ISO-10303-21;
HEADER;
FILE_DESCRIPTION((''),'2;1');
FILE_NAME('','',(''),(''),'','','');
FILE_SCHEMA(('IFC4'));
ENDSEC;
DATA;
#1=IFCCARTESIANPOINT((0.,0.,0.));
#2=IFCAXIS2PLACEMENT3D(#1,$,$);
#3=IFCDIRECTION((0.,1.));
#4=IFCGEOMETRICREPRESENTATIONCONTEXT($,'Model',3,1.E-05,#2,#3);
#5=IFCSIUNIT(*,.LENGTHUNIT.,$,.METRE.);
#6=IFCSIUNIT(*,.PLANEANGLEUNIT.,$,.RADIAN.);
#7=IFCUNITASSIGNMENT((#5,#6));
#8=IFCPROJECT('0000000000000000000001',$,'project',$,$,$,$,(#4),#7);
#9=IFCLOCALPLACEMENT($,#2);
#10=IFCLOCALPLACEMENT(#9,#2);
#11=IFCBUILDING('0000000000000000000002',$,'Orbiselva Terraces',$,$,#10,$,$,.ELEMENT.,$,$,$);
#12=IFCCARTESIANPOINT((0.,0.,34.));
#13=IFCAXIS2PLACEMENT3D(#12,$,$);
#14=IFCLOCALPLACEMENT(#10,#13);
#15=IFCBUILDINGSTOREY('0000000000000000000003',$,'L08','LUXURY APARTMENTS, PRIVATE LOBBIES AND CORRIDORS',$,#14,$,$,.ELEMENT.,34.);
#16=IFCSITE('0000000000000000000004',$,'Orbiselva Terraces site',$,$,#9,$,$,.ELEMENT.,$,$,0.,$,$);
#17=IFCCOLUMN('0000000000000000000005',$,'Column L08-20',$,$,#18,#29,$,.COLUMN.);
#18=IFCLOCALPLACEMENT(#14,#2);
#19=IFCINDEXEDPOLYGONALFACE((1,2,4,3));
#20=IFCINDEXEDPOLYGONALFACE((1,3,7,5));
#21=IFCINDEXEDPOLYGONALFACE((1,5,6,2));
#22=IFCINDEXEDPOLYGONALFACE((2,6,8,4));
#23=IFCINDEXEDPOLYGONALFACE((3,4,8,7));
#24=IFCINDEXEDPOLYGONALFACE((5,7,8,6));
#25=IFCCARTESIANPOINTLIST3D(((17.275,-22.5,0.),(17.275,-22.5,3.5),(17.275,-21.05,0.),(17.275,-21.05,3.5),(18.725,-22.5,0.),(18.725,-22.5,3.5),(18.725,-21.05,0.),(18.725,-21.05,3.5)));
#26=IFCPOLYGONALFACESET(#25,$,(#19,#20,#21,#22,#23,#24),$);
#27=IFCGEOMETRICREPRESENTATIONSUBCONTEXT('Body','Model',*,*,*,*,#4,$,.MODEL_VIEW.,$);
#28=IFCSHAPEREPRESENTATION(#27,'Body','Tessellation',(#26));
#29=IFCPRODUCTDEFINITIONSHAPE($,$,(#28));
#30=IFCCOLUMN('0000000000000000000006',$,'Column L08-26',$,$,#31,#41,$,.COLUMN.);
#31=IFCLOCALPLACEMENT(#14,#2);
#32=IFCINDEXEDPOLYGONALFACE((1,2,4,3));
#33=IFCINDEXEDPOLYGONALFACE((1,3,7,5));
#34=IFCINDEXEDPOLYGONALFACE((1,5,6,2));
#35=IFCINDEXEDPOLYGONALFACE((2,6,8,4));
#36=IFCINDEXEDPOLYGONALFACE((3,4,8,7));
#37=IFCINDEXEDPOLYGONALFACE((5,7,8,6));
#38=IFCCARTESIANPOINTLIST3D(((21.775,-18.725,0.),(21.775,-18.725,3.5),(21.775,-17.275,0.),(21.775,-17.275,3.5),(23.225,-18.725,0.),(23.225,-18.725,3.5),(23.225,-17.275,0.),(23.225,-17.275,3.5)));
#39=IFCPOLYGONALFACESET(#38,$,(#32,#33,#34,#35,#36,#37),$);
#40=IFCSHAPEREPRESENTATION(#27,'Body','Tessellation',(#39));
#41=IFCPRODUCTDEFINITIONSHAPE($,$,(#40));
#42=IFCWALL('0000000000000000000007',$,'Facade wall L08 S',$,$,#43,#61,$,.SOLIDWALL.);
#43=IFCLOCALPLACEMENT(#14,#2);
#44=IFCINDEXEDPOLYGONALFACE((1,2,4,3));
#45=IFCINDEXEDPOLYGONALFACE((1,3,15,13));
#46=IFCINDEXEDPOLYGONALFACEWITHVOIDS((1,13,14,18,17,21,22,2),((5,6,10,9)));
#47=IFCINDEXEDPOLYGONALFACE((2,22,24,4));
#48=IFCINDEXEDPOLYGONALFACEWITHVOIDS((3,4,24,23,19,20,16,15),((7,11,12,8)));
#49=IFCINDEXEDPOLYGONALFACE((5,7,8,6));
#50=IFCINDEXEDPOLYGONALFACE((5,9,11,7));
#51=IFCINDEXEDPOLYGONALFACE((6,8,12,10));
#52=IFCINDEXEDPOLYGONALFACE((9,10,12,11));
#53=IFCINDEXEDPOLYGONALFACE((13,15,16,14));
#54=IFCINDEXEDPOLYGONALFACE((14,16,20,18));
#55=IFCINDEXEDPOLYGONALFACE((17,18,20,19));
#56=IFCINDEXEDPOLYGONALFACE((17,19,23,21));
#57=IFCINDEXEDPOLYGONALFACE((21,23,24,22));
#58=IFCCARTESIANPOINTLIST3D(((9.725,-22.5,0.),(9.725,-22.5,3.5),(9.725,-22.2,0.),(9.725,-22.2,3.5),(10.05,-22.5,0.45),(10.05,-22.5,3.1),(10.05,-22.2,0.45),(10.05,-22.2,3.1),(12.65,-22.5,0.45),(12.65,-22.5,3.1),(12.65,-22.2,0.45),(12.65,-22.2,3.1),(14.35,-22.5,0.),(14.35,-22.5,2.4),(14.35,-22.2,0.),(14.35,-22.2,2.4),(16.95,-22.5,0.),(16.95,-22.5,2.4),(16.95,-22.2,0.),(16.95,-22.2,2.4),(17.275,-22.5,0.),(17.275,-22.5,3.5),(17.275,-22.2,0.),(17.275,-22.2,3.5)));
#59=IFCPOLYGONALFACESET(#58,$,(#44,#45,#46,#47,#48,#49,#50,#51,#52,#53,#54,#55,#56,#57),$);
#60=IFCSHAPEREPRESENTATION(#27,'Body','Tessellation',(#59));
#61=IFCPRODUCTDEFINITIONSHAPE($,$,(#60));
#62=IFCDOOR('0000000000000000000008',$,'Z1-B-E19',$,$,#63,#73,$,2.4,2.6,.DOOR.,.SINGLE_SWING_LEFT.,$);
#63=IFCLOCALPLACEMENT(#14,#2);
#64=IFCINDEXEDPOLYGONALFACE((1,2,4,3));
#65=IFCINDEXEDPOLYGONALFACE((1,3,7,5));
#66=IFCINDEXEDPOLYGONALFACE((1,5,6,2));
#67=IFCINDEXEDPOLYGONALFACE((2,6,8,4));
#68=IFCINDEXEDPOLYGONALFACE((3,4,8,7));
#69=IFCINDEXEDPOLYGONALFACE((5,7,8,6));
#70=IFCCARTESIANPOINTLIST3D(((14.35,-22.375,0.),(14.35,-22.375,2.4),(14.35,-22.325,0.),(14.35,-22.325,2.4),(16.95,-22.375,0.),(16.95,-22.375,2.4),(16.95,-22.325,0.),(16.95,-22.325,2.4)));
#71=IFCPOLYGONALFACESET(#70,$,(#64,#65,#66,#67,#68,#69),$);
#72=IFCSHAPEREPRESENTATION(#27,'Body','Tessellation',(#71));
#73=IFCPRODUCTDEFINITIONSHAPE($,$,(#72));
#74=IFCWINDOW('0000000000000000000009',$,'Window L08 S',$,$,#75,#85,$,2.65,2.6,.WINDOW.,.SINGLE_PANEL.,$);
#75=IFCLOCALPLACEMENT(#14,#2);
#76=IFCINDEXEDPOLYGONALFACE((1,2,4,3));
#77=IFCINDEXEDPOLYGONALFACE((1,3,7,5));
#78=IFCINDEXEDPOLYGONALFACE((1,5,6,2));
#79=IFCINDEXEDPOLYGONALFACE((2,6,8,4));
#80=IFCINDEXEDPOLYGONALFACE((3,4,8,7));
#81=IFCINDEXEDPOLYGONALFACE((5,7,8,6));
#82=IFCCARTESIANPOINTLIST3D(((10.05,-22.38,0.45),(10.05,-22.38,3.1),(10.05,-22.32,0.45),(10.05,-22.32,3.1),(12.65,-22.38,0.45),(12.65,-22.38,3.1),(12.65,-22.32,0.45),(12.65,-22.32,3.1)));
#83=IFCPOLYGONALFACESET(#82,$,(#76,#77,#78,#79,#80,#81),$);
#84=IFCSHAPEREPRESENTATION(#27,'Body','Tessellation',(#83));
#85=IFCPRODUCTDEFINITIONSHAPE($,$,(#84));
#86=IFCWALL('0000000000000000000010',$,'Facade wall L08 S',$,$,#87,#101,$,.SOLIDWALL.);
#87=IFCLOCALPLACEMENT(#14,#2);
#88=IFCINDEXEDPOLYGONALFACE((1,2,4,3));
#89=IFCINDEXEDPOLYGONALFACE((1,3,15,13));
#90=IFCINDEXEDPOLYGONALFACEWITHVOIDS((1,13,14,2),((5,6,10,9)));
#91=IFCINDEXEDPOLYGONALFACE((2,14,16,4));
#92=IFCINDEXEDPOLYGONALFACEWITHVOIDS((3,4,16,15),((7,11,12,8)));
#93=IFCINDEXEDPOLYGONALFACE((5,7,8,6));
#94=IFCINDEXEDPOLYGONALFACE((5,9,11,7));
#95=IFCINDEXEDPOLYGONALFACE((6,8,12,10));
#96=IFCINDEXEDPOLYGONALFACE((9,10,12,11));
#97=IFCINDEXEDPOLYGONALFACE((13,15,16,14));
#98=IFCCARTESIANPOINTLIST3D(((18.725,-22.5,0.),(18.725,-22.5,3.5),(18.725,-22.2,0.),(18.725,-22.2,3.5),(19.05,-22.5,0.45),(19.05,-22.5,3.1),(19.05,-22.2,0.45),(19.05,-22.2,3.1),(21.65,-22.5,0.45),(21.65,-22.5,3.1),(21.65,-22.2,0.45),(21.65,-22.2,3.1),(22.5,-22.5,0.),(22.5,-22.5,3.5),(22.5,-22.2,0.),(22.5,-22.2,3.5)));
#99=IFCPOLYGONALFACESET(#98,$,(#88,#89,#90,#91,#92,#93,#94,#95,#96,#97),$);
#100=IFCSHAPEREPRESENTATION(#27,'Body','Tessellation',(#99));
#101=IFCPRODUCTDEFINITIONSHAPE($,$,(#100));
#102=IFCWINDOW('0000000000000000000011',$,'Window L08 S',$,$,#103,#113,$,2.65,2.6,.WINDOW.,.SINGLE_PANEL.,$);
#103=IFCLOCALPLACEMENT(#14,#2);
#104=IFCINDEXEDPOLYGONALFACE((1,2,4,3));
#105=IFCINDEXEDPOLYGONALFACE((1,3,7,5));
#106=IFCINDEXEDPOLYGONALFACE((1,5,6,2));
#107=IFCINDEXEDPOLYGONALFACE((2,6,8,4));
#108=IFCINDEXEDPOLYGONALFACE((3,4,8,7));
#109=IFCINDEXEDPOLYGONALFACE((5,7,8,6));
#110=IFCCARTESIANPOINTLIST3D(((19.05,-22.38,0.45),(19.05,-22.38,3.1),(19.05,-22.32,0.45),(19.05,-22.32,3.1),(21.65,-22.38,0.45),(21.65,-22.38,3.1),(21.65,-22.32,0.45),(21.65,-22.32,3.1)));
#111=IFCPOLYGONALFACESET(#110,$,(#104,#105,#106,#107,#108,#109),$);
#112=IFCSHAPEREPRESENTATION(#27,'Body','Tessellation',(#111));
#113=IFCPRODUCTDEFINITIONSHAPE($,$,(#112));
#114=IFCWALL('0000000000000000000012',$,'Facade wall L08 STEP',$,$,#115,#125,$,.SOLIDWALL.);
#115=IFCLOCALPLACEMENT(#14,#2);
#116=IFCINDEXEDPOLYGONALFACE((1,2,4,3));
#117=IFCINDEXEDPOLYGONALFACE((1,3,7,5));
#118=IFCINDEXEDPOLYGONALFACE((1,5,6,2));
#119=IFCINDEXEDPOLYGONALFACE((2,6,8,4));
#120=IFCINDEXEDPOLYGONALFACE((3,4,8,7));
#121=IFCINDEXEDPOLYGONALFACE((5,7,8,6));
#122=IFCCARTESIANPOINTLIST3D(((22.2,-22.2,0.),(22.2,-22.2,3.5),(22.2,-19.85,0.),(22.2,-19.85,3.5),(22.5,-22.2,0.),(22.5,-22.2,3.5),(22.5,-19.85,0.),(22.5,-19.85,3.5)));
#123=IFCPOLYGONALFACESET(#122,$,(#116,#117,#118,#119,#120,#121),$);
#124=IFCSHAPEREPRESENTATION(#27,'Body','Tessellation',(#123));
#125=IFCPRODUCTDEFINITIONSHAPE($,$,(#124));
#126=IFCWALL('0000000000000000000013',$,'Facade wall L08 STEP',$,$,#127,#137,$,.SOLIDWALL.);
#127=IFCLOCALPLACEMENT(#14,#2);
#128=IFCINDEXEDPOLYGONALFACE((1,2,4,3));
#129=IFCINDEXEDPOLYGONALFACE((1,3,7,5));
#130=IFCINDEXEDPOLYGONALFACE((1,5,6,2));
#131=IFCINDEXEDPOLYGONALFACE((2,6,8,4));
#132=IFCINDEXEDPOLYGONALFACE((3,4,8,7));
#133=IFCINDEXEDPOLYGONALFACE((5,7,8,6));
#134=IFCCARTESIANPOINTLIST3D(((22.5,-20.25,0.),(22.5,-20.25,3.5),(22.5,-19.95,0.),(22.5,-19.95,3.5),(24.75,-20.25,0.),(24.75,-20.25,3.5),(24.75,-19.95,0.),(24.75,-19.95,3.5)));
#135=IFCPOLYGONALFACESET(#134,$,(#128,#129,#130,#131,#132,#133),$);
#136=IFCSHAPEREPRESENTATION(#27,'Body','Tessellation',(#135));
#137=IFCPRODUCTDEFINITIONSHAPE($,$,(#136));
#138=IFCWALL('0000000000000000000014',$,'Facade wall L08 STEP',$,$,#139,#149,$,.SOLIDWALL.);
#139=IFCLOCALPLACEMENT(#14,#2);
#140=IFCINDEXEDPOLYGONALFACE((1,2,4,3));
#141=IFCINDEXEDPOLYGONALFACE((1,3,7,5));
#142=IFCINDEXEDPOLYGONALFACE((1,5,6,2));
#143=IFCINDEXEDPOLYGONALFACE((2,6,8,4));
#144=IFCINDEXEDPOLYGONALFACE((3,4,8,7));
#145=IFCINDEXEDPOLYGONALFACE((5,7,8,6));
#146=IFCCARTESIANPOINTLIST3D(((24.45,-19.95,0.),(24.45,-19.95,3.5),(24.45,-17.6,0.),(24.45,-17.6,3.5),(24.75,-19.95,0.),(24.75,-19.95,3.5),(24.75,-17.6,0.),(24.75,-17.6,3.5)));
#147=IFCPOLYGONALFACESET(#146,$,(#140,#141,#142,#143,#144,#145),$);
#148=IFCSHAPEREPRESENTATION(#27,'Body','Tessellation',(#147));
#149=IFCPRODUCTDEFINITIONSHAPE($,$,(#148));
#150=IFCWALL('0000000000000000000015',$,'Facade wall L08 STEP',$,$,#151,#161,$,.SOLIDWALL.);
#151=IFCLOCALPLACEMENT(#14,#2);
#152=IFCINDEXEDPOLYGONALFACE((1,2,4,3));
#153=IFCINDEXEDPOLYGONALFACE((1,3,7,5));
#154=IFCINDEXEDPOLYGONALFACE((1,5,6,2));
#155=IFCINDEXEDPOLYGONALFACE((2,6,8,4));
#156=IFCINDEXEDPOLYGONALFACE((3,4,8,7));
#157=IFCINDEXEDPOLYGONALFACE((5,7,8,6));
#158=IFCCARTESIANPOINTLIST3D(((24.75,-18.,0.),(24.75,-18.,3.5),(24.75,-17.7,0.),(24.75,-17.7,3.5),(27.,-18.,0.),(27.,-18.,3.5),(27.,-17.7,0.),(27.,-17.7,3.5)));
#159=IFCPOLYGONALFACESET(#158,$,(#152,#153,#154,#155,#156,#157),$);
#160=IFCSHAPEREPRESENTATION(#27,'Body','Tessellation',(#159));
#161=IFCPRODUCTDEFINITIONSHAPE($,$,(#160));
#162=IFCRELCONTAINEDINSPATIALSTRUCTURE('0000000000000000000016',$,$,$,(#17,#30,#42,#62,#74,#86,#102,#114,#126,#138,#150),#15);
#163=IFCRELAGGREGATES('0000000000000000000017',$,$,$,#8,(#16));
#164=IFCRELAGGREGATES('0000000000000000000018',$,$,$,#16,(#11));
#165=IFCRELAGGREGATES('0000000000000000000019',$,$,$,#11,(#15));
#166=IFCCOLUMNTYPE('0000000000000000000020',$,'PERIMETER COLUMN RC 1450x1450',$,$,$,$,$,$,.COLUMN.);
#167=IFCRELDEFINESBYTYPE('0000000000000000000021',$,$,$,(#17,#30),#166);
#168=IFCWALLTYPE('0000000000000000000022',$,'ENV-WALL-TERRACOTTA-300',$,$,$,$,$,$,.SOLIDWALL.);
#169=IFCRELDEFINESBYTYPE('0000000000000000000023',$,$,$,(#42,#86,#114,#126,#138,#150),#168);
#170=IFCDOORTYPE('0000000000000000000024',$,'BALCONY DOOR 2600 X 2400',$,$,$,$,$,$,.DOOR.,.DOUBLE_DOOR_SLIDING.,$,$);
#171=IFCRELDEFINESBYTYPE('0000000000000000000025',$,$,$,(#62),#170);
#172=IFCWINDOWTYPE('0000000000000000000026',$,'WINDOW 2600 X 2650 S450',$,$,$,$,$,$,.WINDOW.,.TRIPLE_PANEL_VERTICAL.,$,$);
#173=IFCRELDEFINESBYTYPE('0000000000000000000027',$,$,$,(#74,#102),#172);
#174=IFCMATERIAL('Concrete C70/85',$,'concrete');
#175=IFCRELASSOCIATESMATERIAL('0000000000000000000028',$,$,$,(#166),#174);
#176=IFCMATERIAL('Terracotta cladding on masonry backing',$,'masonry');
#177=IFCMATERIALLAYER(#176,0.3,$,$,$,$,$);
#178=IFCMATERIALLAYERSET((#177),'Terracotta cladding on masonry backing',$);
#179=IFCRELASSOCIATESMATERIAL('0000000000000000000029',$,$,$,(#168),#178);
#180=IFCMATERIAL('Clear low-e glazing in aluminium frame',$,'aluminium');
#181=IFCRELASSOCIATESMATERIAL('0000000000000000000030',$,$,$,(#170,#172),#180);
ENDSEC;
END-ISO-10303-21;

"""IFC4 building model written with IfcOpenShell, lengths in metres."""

from ifc_helpers import new_model, si_unit, direction, frame, frame_2d, origin, origin_2d, place, context, subcontext, project, spatial, rectangle, extrude, material, layer, layer_set, material_profile, profile_set, type_object, element, fill, save


model = new_model("IFC4")

# Units and contexts
model_context = context("Model", 3, precision=1e-05, world=origin(), true_north=direction((0.0, 1.0)))
body_context = subcontext(model_context, "Body", "Model", "MODEL_VIEW")
ifc_project = project(units=[si_unit("LENGTHUNIT", "METRE"), si_unit("PLANEANGLEUNIT", "RADIAN")], contexts=[model_context])

# Site, building, storey
site_placement = place(None, origin())
site = spatial("IfcSite", under=ifc_project, at=site_placement, Name="Orbiselva Terraces site", CompositionType="ELEMENT", RefElevation=0.0)
building_placement = place(site_placement, origin())
building = spatial("IfcBuilding", under=site, at=building_placement, Name="Orbiselva Terraces", CompositionType="ELEMENT")
storey_placement = place(building_placement, frame((0.0, 0.0, 34.0)))
storey = spatial("IfcBuildingStorey", under=building, at=storey_placement, Name="L08", Description="LUXURY APARTMENTS, PRIVATE LOBBIES AND CORRIDORS", CompositionType="ELEMENT", Elevation=34.0)

# Columns
ifc_material_1 = material(Name="Concrete C70/85", Category="concrete")
ifc_material_profile = material_profile(ifc_material_1, rectangle(XDim=1.45, YDim=1.45, at=origin_2d()), Name="RC 1450x1450")
ifc_profile_set = profile_set([ifc_material_profile], Name="Concrete C70/85")
column_type = type_object("IfcColumnType", Name="PERIMETER COLUMN RC 1450x1450", PredefinedType="COLUMN", material=ifc_profile_set)
for number, where, z_axis, x_axis, name in (
    (1, (18.0, -21.775, 0.0), (0.0, 0.0, 1.0), (1.0, 0.0, 0.0), "Column L08-20"),
    (2, (22.5, -18.0, 0.0), (0.0, 0.0, 1.0), (1.0, 0.0, 0.0), "Column L08-26"),
):
    element("IfcColumn", number, at=place(storey_placement, frame(where, z_axis=z_axis, x_axis=x_axis)), inside=storey, type_object=column_type, Name=name, PredefinedType="COLUMN", context=body_context, shape_type="SweptSolid", body=[
        extrude(rectangle(XDim=1.45, YDim=1.45, at=origin_2d()), origin(), (0.0, 0.0, 1.0), 3.5),
    ])

# Wall, openings, door, window
ifc_material_2 = material(Name="Terracotta cladding on masonry backing", Category="masonry")
ifc_layer_1 = layer(ifc_material_2, 0.3)
ifc_layer_set_1 = layer_set([ifc_layer_1], Name="Terracotta cladding on masonry backing")
wall_type_1 = type_object("IfcWallType", Name="ENV-WALL-TERRACOTTA-300", PredefinedType="SOLIDWALL", material=ifc_layer_set_1)
wall_1_placement = place(storey_placement, frame((17.275, -22.35, 0.0), z_axis=(0.0, 0.0, 1.0), x_axis=(-1.0, 0.0, 0.0)))
wall_1 = element("IfcWall", 3, at=wall_1_placement, inside=storey, type_object=wall_type_1, Name="Facade wall L08 S", PredefinedType="SOLIDWALL", context=body_context, shape_type="SweptSolid", body=[
    extrude(rectangle(XDim=7.55, YDim=0.3, at=frame_2d((3.775, 0.0))), origin(), (0.0, 0.0, 1.0), 3.5),
])
opening_1_placement = place(wall_1_placement, frame((4.625, 0.0, 0.45)))
opening_1 = element("IfcOpeningElement", 4, at=opening_1_placement, cuts=wall_1, PredefinedType="OPENING", context=body_context, shape_type="SweptSolid", body=[
    extrude(rectangle(XDim=2.6, YDim=2.65, at=frame_2d((1.3, 1.325))), frame((0.0, 0.16, 0.0), z_axis=(0.0, -1.0, 0.0), x_axis=(1.0, 0.0, 0.0)), (0.0, 0.0, 1.0), 0.32),
])
opening_2_placement = place(wall_1_placement, frame((0.325, 0.0, 0.0)))
opening_2 = element("IfcOpeningElement", 5, at=opening_2_placement, cuts=wall_1, PredefinedType="OPENING", context=body_context, shape_type="SweptSolid", body=[
    extrude(rectangle(XDim=2.6, YDim=2.4, at=frame_2d((1.3, 1.2))), frame((0.0, 0.16, 0.0), z_axis=(0.0, -1.0, 0.0), x_axis=(1.0, 0.0, 0.0)), (0.0, 0.0, 1.0), 0.32),
])
ifc_material_3 = material(Name="Clear low-e glazing in aluminium frame", Category="aluminium")
door_type_1 = type_object("IfcDoorType", Name="BALCONY DOOR 2600 X 2400", OperationType="DOUBLE_DOOR_SLIDING", PredefinedType="DOOR", material=ifc_material_3)
door_1_placement = place(opening_2_placement, origin())
door_1 = element("IfcDoor", 6, at=door_1_placement, inside=storey, type_object=door_type_1, Name="Z1-B-E19", OperationType="SINGLE_SWING_LEFT", OverallHeight=2.4, OverallWidth=2.6, PredefinedType="DOOR", context=body_context, shape_type="SweptSolid", body=[
    extrude(rectangle(XDim=2.6, YDim=2.4, at=frame_2d((1.3, 1.2))), frame((0.0, 0.025, 0.0), z_axis=(0.0, -1.0, 0.0), x_axis=(1.0, 0.0, 0.0)), (0.0, 0.0, 1.0), 0.05),
])
fill(opening_2, door_1)
window_type = type_object("IfcWindowType", Name="WINDOW 2600 X 2650 S450", PartitioningType="TRIPLE_PANEL_VERTICAL", PredefinedType="WINDOW", material=ifc_material_3)
window_1_placement = place(opening_1_placement, origin())
window_1 = element("IfcWindow", 7, at=window_1_placement, inside=storey, type_object=window_type, Name="Window L08 S", OverallHeight=2.65, OverallWidth=2.6, PartitioningType="SINGLE_PANEL", PredefinedType="WINDOW", context=body_context, shape_type="SweptSolid", body=[
    extrude(rectangle(XDim=2.6, YDim=2.65, at=frame_2d((1.3, 1.325))), frame((0.0, 0.03, 0.0), z_axis=(0.0, -1.0, 0.0), x_axis=(1.0, 0.0, 0.0)), (0.0, 0.0, 1.0), 0.06),
])
fill(opening_1, window_1)

# Wall, opening, window
wall_2_placement = place(storey_placement, frame((22.5, -22.35, 0.0), z_axis=(0.0, 0.0, 1.0), x_axis=(-1.0, 0.0, 0.0)))
wall_2 = element("IfcWall", 8, at=wall_2_placement, inside=storey, type_object=wall_type_1, Name="Facade wall L08 S", PredefinedType="SOLIDWALL", context=body_context, shape_type="SweptSolid", body=[
    extrude(rectangle(XDim=3.775, YDim=0.3, at=frame_2d((1.8875, 0.0))), origin(), (0.0, 0.0, 1.0), 3.5),
])
opening_3_placement = place(wall_2_placement, frame((0.85, 0.0, 0.45)))
opening_3 = element("IfcOpeningElement", 9, at=opening_3_placement, cuts=wall_2, PredefinedType="OPENING", context=body_context, shape_type="SweptSolid", body=[
    extrude(rectangle(XDim=2.6, YDim=2.65, at=frame_2d((1.3, 1.325))), frame((0.0, 0.16, 0.0), z_axis=(0.0, -1.0, 0.0), x_axis=(1.0, 0.0, 0.0)), (0.0, 0.0, 1.0), 0.32),
])
window_2_placement = place(opening_3_placement, origin())
window_2 = element("IfcWindow", 10, at=window_2_placement, inside=storey, type_object=window_type, Name="Window L08 S", OverallHeight=2.65, OverallWidth=2.6, PartitioningType="SINGLE_PANEL", PredefinedType="WINDOW", context=body_context, shape_type="SweptSolid", body=[
    extrude(rectangle(XDim=2.6, YDim=2.65, at=frame_2d((1.3, 1.325))), frame((0.0, 0.03, 0.0), z_axis=(0.0, -1.0, 0.0), x_axis=(1.0, 0.0, 0.0)), (0.0, 0.0, 1.0), 0.06),
])
fill(opening_3, window_2)

# Walls
wall_3_placement = place(storey_placement, frame((22.35, -19.85, 0.0), z_axis=(0.0, 0.0, 1.0), x_axis=(0.0, -1.0, 0.0)))
element("IfcWall", 11, at=wall_3_placement, inside=storey, type_object=wall_type_1, Name="Facade wall L08 STEP", PredefinedType="SOLIDWALL", context=body_context, shape_type="SweptSolid", body=[
    extrude(rectangle(XDim=2.35, YDim=0.3, at=frame_2d((1.175, 0.0))), origin(), (0.0, 0.0, 1.0), 3.5),
])
wall_4_placement = place(storey_placement, frame((24.75, -20.1, 0.0), z_axis=(0.0, 0.0, 1.0), x_axis=(-1.0, 0.0, 0.0)))
element("IfcWall", 12, at=wall_4_placement, inside=storey, type_object=wall_type_1, Name="Facade wall L08 STEP", PredefinedType="SOLIDWALL", context=body_context, shape_type="SweptSolid", body=[
    extrude(rectangle(XDim=2.25, YDim=0.3, at=frame_2d((1.125, 0.0))), origin(), (0.0, 0.0, 1.0), 3.5),
])
wall_5_placement = place(storey_placement, frame((24.6, -17.6, 0.0), z_axis=(0.0, 0.0, 1.0), x_axis=(0.0, -1.0, 0.0)))
element("IfcWall", 13, at=wall_5_placement, inside=storey, type_object=wall_type_1, Name="Facade wall L08 STEP", PredefinedType="SOLIDWALL", context=body_context, shape_type="SweptSolid", body=[
    extrude(rectangle(XDim=2.35, YDim=0.3, at=frame_2d((1.175, 0.0))), origin(), (0.0, 0.0, 1.0), 3.5),
])
wall_6_placement = place(storey_placement, frame((27.0, -17.85, 0.0), z_axis=(0.0, 0.0, 1.0), x_axis=(-1.0, 0.0, 0.0)))
element("IfcWall", 14, at=wall_6_placement, inside=storey, type_object=wall_type_1, Name="Facade wall L08 STEP", PredefinedType="SOLIDWALL", context=body_context, shape_type="SweptSolid", body=[
    extrude(rectangle(XDim=2.25, YDim=0.3, at=frame_2d((1.125, 0.0))), origin(), (0.0, 0.0, 1.0), 3.5),
])

save(model, "model.ifc")
